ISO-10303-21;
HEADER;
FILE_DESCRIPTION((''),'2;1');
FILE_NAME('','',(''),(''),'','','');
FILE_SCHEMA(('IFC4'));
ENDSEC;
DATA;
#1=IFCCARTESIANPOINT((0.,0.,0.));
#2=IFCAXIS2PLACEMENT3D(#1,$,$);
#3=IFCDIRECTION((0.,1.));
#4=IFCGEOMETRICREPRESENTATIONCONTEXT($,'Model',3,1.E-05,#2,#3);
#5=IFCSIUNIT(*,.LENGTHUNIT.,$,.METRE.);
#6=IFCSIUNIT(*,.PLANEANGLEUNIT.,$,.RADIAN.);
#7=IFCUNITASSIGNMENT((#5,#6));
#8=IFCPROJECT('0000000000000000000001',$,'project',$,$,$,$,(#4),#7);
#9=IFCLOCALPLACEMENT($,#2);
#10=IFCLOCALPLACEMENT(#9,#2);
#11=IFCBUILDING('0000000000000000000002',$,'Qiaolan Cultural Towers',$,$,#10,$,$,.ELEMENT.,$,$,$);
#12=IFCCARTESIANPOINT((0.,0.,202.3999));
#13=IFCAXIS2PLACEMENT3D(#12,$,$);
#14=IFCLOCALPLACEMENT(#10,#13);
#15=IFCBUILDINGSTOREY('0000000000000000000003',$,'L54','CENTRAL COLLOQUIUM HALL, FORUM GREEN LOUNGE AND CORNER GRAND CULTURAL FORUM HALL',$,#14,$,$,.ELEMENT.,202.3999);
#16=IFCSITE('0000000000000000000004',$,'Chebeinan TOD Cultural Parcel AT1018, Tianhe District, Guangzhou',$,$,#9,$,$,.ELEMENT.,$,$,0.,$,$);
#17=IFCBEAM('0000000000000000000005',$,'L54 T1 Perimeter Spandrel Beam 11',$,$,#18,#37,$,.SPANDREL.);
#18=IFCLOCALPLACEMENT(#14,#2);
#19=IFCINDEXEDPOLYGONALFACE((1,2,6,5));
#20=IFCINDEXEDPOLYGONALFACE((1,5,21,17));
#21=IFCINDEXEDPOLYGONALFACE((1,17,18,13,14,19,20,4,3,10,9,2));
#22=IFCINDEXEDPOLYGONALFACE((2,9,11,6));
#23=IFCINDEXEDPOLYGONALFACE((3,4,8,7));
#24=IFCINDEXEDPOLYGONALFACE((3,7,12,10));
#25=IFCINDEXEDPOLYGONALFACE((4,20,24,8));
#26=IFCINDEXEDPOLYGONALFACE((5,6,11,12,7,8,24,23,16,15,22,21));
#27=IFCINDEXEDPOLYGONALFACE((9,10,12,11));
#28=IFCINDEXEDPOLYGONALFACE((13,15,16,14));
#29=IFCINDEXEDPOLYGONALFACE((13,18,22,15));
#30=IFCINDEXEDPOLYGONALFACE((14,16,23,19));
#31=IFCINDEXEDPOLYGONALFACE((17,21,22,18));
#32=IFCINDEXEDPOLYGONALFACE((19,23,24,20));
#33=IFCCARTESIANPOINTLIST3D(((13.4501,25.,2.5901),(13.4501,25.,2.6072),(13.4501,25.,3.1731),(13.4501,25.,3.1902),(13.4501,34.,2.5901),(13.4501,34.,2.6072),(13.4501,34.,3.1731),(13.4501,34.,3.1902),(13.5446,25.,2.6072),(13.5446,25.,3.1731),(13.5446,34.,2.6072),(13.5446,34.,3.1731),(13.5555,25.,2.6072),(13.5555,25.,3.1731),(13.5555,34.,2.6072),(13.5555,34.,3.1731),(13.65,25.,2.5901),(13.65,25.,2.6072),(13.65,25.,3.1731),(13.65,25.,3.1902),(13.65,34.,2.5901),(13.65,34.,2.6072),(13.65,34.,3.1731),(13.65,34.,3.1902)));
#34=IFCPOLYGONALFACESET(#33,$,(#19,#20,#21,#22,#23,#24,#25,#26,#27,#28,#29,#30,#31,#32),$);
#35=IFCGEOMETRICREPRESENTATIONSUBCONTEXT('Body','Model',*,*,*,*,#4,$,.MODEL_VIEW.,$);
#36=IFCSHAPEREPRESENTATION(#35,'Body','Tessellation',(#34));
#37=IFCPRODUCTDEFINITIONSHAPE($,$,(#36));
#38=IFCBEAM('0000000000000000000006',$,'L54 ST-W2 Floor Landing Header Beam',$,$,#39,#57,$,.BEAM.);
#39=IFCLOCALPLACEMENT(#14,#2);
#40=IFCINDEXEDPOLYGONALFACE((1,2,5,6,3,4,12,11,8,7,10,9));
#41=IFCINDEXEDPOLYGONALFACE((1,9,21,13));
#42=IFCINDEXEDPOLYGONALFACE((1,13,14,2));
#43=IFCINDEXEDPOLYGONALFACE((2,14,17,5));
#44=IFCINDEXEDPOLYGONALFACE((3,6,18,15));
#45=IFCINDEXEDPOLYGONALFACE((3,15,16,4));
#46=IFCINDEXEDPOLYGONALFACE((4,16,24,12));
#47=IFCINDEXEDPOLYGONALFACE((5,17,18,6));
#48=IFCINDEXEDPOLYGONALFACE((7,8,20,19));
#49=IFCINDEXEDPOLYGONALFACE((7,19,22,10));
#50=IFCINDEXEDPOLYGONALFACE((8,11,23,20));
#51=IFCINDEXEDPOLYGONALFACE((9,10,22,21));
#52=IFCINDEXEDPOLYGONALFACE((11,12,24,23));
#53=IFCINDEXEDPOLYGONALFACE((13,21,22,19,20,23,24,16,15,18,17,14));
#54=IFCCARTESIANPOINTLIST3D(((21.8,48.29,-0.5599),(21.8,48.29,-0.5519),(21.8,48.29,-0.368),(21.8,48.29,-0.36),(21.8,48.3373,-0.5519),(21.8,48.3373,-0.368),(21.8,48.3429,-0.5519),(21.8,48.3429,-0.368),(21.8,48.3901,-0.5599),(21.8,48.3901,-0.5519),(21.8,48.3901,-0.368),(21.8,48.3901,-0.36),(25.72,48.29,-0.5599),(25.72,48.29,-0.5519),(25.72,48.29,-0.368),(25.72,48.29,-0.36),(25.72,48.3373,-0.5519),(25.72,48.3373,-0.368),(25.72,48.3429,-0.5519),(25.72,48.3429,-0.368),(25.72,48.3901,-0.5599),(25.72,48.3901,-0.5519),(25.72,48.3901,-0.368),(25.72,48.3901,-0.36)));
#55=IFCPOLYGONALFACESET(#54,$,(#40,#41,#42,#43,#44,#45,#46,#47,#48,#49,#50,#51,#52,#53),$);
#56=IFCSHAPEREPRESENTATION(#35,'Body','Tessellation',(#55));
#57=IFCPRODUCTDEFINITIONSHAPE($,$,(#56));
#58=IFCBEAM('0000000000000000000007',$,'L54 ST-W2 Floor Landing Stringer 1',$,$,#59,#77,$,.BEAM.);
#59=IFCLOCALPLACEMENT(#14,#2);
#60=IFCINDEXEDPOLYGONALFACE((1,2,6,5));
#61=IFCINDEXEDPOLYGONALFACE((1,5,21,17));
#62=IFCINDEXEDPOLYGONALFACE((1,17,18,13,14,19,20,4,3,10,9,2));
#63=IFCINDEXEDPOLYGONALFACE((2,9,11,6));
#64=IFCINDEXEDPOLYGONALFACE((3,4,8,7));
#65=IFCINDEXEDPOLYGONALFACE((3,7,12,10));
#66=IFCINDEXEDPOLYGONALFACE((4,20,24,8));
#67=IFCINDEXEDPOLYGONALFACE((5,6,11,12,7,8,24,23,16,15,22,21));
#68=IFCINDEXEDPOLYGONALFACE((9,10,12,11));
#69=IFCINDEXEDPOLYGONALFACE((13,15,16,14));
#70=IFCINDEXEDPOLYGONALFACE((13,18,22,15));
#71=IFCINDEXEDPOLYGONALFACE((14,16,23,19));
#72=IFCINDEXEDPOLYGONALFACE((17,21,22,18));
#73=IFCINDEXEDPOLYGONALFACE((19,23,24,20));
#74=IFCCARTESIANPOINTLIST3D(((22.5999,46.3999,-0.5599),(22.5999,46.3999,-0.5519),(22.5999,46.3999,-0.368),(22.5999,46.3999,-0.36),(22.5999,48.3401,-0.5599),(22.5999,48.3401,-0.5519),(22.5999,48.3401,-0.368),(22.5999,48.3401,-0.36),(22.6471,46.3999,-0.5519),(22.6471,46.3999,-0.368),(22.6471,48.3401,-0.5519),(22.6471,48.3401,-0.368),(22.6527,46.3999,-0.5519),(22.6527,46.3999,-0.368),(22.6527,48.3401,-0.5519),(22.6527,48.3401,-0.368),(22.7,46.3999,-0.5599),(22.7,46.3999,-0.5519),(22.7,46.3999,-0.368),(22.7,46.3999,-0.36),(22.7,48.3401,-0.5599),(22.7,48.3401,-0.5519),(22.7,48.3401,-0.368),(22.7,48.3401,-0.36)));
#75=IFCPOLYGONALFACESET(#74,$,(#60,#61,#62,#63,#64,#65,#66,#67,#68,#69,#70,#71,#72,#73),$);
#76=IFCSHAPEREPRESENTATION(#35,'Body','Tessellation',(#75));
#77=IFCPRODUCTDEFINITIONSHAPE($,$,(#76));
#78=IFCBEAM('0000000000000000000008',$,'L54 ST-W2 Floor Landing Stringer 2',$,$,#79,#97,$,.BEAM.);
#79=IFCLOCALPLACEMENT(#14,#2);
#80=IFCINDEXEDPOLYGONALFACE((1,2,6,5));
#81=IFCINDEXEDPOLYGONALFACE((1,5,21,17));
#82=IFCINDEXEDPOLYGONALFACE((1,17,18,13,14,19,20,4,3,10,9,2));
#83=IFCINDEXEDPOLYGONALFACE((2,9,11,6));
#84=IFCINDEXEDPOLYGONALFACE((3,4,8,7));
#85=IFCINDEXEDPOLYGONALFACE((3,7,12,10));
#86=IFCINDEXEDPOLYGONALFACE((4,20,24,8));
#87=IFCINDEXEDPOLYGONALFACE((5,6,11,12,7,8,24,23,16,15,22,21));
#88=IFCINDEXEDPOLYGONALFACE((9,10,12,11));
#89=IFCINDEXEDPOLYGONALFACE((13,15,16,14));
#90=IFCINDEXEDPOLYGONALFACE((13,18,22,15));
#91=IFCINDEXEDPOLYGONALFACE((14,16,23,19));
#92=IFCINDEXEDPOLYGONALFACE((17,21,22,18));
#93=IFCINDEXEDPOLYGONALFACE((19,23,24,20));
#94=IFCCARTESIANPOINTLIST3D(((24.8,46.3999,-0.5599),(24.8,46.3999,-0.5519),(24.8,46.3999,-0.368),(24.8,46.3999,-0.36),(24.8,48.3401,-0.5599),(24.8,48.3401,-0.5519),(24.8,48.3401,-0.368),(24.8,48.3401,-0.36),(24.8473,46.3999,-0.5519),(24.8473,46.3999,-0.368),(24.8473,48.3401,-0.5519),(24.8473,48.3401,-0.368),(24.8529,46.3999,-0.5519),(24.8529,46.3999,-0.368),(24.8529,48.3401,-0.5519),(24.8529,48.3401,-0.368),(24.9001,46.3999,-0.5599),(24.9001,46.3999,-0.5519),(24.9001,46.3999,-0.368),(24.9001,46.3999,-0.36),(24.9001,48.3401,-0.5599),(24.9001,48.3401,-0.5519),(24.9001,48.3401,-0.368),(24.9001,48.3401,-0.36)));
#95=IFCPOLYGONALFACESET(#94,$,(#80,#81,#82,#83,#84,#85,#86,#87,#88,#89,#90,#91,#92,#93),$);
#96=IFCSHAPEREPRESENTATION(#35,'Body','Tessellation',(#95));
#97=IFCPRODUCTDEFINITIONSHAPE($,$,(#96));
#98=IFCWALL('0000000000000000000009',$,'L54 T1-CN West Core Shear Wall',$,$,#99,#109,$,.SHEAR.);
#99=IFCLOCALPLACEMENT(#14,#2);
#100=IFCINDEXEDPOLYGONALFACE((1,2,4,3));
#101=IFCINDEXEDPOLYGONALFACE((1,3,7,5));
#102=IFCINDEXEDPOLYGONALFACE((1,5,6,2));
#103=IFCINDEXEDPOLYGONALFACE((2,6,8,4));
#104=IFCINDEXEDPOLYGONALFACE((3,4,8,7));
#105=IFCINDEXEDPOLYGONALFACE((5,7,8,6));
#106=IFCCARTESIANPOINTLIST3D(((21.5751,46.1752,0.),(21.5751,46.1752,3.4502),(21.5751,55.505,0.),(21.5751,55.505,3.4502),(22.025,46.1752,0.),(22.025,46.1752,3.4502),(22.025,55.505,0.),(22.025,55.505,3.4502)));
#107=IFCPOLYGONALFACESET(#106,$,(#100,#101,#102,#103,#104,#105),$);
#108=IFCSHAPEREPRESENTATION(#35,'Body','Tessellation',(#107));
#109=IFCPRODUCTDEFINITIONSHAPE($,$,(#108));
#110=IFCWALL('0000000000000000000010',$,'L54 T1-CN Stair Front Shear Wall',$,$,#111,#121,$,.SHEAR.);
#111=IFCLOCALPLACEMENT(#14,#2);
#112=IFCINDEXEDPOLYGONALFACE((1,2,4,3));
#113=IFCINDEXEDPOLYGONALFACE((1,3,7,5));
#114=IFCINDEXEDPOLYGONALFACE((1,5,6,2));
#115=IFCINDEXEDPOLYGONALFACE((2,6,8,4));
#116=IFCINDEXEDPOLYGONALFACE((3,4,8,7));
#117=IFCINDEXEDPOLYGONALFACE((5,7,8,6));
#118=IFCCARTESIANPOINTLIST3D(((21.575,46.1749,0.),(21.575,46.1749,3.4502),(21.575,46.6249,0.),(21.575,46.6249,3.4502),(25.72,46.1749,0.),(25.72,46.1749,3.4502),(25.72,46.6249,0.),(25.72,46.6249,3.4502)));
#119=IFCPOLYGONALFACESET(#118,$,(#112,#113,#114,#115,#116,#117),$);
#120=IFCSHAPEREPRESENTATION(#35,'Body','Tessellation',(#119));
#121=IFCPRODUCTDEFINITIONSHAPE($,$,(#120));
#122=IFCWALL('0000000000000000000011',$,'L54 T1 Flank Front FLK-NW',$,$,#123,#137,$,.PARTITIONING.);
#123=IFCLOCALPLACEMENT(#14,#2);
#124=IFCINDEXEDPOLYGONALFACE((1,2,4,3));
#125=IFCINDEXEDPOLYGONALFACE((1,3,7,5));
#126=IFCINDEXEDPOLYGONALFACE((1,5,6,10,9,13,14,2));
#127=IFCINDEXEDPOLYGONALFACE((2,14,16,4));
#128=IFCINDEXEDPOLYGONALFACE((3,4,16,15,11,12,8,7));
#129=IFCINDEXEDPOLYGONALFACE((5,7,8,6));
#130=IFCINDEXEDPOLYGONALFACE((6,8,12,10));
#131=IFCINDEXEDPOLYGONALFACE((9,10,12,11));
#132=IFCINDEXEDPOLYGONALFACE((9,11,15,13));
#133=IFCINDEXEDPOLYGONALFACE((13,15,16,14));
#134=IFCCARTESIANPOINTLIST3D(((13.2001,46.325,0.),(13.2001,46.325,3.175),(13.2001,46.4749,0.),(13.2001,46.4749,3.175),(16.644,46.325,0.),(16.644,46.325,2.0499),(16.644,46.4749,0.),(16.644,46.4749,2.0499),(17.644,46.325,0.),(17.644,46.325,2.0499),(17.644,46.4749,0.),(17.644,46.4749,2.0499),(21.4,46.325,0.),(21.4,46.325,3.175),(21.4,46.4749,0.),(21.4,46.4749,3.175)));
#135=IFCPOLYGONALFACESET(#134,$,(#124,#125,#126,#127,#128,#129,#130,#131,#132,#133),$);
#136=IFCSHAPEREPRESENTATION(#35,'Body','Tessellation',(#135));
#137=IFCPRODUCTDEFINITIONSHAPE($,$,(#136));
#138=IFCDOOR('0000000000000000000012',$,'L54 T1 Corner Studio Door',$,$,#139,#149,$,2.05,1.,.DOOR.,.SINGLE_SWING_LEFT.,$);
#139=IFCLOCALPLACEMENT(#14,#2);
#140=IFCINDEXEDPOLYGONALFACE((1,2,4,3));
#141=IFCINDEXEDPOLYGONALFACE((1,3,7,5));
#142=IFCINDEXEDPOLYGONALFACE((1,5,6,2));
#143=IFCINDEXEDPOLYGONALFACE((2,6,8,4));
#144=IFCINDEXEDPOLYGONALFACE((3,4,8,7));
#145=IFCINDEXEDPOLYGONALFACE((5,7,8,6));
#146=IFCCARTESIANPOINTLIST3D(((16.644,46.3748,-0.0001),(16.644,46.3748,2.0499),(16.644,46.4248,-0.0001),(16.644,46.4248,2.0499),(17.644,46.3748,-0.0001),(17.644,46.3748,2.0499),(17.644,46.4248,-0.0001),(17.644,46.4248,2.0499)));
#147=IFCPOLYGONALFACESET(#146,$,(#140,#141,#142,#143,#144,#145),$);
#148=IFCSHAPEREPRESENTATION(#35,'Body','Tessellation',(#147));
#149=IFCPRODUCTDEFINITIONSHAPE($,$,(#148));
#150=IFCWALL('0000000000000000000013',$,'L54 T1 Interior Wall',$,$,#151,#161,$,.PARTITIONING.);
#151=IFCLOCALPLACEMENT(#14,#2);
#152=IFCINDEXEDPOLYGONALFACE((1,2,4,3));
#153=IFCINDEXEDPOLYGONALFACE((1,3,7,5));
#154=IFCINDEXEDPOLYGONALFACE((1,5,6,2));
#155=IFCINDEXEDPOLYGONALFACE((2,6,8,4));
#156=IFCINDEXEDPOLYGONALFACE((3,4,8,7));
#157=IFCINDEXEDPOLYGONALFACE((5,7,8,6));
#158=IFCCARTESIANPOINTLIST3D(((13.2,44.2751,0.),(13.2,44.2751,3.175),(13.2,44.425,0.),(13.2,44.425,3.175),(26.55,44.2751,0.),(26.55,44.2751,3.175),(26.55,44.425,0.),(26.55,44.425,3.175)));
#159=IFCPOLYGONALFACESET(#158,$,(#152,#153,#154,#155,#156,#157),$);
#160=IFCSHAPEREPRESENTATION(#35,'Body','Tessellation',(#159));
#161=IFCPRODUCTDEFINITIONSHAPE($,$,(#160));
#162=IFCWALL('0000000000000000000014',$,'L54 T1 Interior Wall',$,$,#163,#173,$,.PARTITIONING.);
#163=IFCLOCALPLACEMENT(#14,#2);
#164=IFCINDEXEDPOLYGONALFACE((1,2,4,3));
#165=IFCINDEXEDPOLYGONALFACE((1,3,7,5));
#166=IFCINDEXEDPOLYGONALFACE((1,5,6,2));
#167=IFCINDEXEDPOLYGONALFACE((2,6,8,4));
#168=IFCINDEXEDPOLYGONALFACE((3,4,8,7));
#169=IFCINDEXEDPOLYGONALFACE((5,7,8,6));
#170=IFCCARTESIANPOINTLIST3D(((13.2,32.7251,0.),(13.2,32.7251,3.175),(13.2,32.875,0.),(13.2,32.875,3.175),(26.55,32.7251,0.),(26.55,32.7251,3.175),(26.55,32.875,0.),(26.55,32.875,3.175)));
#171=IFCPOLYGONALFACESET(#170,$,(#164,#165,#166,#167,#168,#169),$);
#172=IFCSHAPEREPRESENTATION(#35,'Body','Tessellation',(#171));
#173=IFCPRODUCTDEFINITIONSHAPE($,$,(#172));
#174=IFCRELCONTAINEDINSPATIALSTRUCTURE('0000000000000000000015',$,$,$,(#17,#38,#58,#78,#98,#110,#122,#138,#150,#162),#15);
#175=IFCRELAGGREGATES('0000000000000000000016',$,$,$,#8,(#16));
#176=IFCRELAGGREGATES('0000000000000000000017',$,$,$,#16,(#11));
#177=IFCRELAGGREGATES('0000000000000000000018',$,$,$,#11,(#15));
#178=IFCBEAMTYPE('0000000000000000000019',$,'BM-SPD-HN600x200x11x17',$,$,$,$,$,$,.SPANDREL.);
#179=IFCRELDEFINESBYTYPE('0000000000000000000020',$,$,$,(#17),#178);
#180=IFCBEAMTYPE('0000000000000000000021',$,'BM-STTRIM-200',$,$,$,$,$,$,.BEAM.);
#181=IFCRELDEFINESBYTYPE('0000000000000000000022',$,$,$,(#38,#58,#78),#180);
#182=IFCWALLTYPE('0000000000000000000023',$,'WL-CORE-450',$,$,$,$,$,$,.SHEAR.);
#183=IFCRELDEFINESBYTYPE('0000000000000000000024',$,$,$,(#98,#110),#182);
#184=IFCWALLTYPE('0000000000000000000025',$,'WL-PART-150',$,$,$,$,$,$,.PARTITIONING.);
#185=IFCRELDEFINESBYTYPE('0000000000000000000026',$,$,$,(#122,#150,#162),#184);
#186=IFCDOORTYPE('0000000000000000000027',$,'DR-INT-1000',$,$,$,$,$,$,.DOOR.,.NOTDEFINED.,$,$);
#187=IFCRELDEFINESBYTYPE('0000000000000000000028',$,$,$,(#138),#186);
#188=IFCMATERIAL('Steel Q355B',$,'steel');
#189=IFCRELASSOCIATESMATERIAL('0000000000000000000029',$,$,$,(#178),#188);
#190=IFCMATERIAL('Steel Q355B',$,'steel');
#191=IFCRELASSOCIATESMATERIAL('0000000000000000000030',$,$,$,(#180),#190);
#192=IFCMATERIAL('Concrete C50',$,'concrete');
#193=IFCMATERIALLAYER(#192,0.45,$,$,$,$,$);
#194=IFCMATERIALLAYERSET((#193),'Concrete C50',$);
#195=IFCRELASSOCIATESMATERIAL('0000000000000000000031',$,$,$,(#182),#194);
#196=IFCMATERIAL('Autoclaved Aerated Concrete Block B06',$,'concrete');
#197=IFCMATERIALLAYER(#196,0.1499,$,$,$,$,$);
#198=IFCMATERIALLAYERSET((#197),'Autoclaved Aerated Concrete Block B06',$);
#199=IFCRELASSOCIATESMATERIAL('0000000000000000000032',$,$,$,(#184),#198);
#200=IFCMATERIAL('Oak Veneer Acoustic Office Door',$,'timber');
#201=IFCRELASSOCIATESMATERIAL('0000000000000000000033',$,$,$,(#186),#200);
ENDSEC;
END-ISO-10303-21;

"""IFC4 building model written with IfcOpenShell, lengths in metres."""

from ifc_helpers import new_model, si_unit, direction, frame, frame_2d, origin, origin_2d, place, context, subcontext, project, spatial, rectangle, i_section, extrude, material, layer, layer_set, material_profile, profile_set, type_object, element, fill, save


model = new_model("IFC4")

# Units and contexts
model_context = context("Model", 3, precision=1e-05, world=origin(), true_north=direction((0.0, 1.0)))
body_context = subcontext(model_context, "Body", "Model", "MODEL_VIEW")
ifc_project = project(units=[si_unit("LENGTHUNIT", "METRE"), si_unit("PLANEANGLEUNIT", "RADIAN")], contexts=[model_context])

# Site, building, storey
site_placement = place(None, origin())
site = spatial("IfcSite", under=ifc_project, at=site_placement, Name="Chebeinan TOD Cultural Parcel AT1018, Tianhe District, Guangzhou", CompositionType="ELEMENT", RefElevation=0.0)
building_placement = place(site_placement, origin())
building = spatial("IfcBuilding", under=site, at=building_placement, Name="Qiaolan Cultural Towers", CompositionType="ELEMENT")
storey_placement = place(building_placement, frame((0.0, 0.0, 202.3999)))
storey = spatial("IfcBuildingStorey", under=building, at=storey_placement, Name="L54", Description="CENTRAL COLLOQUIUM HALL, FORUM GREEN LOUNGE AND CORNER GRAND CULTURAL FORUM HALL", CompositionType="ELEMENT", Elevation=202.3999)

# Beams
ifc_material_1 = material(Name="Steel Q355B", Category="steel")
ifc_material_profile_1 = material_profile(ifc_material_1, i_section(OverallWidth=0.2, OverallDepth=0.6001, WebThickness=0.011, FlangeThickness=0.0171, at=origin_2d()), Name="HN600x200x11x17")
ifc_profile_set_1 = profile_set([ifc_material_profile_1], Name="Steel Q355B")
beam_type_1 = type_object("IfcBeamType", Name="BM-SPD-HN600x200x11x17", PredefinedType="SPANDREL", material=ifc_profile_set_1)
for number, where, z_axis, x_axis, name in (
    (1, (13.55, 34.0, 2.8901), (0.0, -1.0, 0.0), (1.0, 0.0, 0.0), "L54 T1 Perimeter Spandrel Beam 11"),
):
    element("IfcBeam", number, at=place(storey_placement, frame(where, z_axis=z_axis, x_axis=x_axis)), inside=storey, type_object=beam_type_1, Name=name, PredefinedType="SPANDREL", context=body_context, shape_type="SweptSolid", body=[
        extrude(i_section(OverallWidth=0.2, OverallDepth=0.6001, WebThickness=0.011, FlangeThickness=0.0171, at=origin_2d()), origin(), (0.0, 0.0, 1.0), 9.0),
    ])
ifc_material_2 = material(Name="Steel Q355B", Category="steel")
ifc_material_profile_2 = material_profile(ifc_material_2, i_section(OverallWidth=0.1001, OverallDepth=0.2, WebThickness=0.0056, FlangeThickness=0.0081, at=origin_2d()), Name="HN200x100x5.5x8")
ifc_profile_set_2 = profile_set([ifc_material_profile_2], Name="Steel Q355B")
beam_type_2 = type_object("IfcBeamType", Name="BM-STTRIM-200", PredefinedType="BEAM", material=ifc_profile_set_2)
beam_1_placement = place(storey_placement, frame((21.8, 48.3401, -0.46), z_axis=(1.0, 0.0, 0.0), x_axis=(0.0, 1.0, 0.0)))
element("IfcBeam", 2, at=beam_1_placement, inside=storey, type_object=beam_type_2, Name="L54 ST-W2 Floor Landing Header Beam", PredefinedType="BEAM", context=body_context, shape_type="SweptSolid", body=[
    extrude(i_section(OverallWidth=0.1001, OverallDepth=0.2, WebThickness=0.0056, FlangeThickness=0.0081, at=origin_2d()), origin(), (0.0, 0.0, 1.0), 3.9199),
])
for number, where, z_axis, x_axis, name in (
    (3, (22.6499, 46.3999, -0.46), (0.0, 1.0, 0.0), (-1.0, 0.0, 0.0), "L54 ST-W2 Floor Landing Stringer 1"),
    (4, (24.8501, 46.3999, -0.46), (0.0, 1.0, 0.0), (-1.0, 0.0, 0.0), "L54 ST-W2 Floor Landing Stringer 2"),
):
    element("IfcBeam", number, at=place(storey_placement, frame(where, z_axis=z_axis, x_axis=x_axis)), inside=storey, type_object=beam_type_2, Name=name, PredefinedType="BEAM", context=body_context, shape_type="SweptSolid", body=[
        extrude(i_section(OverallWidth=0.1001, OverallDepth=0.2, WebThickness=0.0056, FlangeThickness=0.0081, at=origin_2d()), origin(), (0.0, 0.0, 1.0), 1.9402),
    ])

# Walls
ifc_material_3 = material(Name="Concrete C50", Category="concrete")
ifc_layer_1 = layer(ifc_material_3, 0.45)
ifc_layer_set_1 = layer_set([ifc_layer_1], Name="Concrete C50")
wall_type_1 = type_object("IfcWallType", Name="WL-CORE-450", PredefinedType="SHEAR", material=ifc_layer_set_1)
wall_1_placement = place(storey_placement, frame((21.8, 46.175, 0.0), z_axis=(0.0, 0.0, 1.0), x_axis=(0.0, 1.0, 0.0)))
element("IfcWall", 5, at=wall_1_placement, inside=storey, type_object=wall_type_1, Name="L54 T1-CN West Core Shear Wall", PredefinedType="SHEAR", context=body_context, shape_type="SweptSolid", body=[
    extrude(rectangle(XDim=9.3298, YDim=0.45, at=frame_2d((4.665, 0.0))), origin(), (0.0, 0.0, 1.0), 3.4502),
])
wall_2_placement = place(storey_placement, frame((21.575, 46.3999, 0.0), z_axis=(0.0, 0.0, 1.0), x_axis=(1.0, 0.0, 0.0)))
element("IfcWall", 6, at=wall_2_placement, inside=storey, type_object=wall_type_1, Name="L54 T1-CN Stair Front Shear Wall", PredefinedType="SHEAR", context=body_context, shape_type="SweptSolid", body=[
    extrude(rectangle(XDim=4.145, YDim=0.45, at=frame_2d((2.0725, 0.0))), origin(), (0.0, 0.0, 1.0), 3.4502),
])

# Wall, opening, door
ifc_material_4 = material(Name="Autoclaved Aerated Concrete Block B06", Category="concrete")
ifc_layer_2 = layer(ifc_material_4, 0.1499)
ifc_layer_set_2 = layer_set([ifc_layer_2], Name="Autoclaved Aerated Concrete Block B06")
wall_type_2 = type_object("IfcWallType", Name="WL-PART-150", PredefinedType="PARTITIONING", material=ifc_layer_set_2)
wall_3_placement = place(storey_placement, frame((13.2, 46.3999, 0.0), z_axis=(0.0, 0.0, 1.0), x_axis=(1.0, 0.0, 0.0)))
wall_3 = element("IfcWall", 7, at=wall_3_placement, inside=storey, type_object=wall_type_2, Name="L54 T1 Flank Front FLK-NW", PredefinedType="PARTITIONING", context=body_context, shape_type="SweptSolid", body=[
    extrude(rectangle(XDim=8.2, YDim=0.1499, at=frame_2d((4.1001, 0.0))), origin(), (0.0, 0.0, 1.0), 3.175),
])
opening_placement = place(wall_3_placement, frame((3.4441, 0.0, 0.0)))
opening = element("IfcOpeningElement", 8, at=opening_placement, cuts=wall_3, PredefinedType="OPENING", context=body_context, shape_type="SweptSolid", body=[
    extrude(rectangle(XDim=1.0, YDim=2.05, at=frame_2d((0.5, 1.0249))), frame((0.0, 0.085, 0.0), z_axis=(0.0, -1.0, 0.0), x_axis=(1.0, 0.0, 0.0)), (0.0, 0.0, 1.0), 0.1699),
])
ifc_material_5 = material(Name="Oak Veneer Acoustic Office Door", Category="timber")
door_type = type_object("IfcDoorType", Name="DR-INT-1000", OperationType="NOTDEFINED", PredefinedType="DOOR", material=ifc_material_5)
door_placement = place(opening_placement, origin())
door = element("IfcDoor", 9, at=door_placement, inside=storey, type_object=door_type, Name="L54 T1 Corner Studio Door", OperationType="SINGLE_SWING_LEFT", OverallHeight=2.05, OverallWidth=1.0, PredefinedType="DOOR", context=body_context, shape_type="SweptSolid", body=[
    extrude(rectangle(XDim=1.0, YDim=2.05, at=frame_2d((0.5, 1.0249))), frame((0.0, 0.0249, 0.0), z_axis=(0.0, -1.0, 0.0), x_axis=(1.0, 0.0, 0.0)), (0.0, 0.0, 1.0), 0.05),
])
fill(opening, door)

# Walls
for number, where, z_axis, x_axis, name in (
    (10, (13.2, 44.3501, 0.0), (0.0, 0.0, 1.0), (1.0, 0.0, 0.0), "L54 T1 Interior Wall"),
    (11, (13.2, 32.8, 0.0), (0.0, 0.0, 1.0), (1.0, 0.0, 0.0), "L54 T1 Interior Wall"),
):
    element("IfcWall", number, at=place(storey_placement, frame(where, z_axis=z_axis, x_axis=x_axis)), inside=storey, type_object=wall_type_2, Name=name, PredefinedType="PARTITIONING", context=body_context, shape_type="SweptSolid", body=[
        extrude(rectangle(XDim=13.3501, YDim=0.1499, at=frame_2d((6.675, 0.0))), origin(), (0.0, 0.0, 1.0), 3.175),
    ])

save(model, "model.ifc")
